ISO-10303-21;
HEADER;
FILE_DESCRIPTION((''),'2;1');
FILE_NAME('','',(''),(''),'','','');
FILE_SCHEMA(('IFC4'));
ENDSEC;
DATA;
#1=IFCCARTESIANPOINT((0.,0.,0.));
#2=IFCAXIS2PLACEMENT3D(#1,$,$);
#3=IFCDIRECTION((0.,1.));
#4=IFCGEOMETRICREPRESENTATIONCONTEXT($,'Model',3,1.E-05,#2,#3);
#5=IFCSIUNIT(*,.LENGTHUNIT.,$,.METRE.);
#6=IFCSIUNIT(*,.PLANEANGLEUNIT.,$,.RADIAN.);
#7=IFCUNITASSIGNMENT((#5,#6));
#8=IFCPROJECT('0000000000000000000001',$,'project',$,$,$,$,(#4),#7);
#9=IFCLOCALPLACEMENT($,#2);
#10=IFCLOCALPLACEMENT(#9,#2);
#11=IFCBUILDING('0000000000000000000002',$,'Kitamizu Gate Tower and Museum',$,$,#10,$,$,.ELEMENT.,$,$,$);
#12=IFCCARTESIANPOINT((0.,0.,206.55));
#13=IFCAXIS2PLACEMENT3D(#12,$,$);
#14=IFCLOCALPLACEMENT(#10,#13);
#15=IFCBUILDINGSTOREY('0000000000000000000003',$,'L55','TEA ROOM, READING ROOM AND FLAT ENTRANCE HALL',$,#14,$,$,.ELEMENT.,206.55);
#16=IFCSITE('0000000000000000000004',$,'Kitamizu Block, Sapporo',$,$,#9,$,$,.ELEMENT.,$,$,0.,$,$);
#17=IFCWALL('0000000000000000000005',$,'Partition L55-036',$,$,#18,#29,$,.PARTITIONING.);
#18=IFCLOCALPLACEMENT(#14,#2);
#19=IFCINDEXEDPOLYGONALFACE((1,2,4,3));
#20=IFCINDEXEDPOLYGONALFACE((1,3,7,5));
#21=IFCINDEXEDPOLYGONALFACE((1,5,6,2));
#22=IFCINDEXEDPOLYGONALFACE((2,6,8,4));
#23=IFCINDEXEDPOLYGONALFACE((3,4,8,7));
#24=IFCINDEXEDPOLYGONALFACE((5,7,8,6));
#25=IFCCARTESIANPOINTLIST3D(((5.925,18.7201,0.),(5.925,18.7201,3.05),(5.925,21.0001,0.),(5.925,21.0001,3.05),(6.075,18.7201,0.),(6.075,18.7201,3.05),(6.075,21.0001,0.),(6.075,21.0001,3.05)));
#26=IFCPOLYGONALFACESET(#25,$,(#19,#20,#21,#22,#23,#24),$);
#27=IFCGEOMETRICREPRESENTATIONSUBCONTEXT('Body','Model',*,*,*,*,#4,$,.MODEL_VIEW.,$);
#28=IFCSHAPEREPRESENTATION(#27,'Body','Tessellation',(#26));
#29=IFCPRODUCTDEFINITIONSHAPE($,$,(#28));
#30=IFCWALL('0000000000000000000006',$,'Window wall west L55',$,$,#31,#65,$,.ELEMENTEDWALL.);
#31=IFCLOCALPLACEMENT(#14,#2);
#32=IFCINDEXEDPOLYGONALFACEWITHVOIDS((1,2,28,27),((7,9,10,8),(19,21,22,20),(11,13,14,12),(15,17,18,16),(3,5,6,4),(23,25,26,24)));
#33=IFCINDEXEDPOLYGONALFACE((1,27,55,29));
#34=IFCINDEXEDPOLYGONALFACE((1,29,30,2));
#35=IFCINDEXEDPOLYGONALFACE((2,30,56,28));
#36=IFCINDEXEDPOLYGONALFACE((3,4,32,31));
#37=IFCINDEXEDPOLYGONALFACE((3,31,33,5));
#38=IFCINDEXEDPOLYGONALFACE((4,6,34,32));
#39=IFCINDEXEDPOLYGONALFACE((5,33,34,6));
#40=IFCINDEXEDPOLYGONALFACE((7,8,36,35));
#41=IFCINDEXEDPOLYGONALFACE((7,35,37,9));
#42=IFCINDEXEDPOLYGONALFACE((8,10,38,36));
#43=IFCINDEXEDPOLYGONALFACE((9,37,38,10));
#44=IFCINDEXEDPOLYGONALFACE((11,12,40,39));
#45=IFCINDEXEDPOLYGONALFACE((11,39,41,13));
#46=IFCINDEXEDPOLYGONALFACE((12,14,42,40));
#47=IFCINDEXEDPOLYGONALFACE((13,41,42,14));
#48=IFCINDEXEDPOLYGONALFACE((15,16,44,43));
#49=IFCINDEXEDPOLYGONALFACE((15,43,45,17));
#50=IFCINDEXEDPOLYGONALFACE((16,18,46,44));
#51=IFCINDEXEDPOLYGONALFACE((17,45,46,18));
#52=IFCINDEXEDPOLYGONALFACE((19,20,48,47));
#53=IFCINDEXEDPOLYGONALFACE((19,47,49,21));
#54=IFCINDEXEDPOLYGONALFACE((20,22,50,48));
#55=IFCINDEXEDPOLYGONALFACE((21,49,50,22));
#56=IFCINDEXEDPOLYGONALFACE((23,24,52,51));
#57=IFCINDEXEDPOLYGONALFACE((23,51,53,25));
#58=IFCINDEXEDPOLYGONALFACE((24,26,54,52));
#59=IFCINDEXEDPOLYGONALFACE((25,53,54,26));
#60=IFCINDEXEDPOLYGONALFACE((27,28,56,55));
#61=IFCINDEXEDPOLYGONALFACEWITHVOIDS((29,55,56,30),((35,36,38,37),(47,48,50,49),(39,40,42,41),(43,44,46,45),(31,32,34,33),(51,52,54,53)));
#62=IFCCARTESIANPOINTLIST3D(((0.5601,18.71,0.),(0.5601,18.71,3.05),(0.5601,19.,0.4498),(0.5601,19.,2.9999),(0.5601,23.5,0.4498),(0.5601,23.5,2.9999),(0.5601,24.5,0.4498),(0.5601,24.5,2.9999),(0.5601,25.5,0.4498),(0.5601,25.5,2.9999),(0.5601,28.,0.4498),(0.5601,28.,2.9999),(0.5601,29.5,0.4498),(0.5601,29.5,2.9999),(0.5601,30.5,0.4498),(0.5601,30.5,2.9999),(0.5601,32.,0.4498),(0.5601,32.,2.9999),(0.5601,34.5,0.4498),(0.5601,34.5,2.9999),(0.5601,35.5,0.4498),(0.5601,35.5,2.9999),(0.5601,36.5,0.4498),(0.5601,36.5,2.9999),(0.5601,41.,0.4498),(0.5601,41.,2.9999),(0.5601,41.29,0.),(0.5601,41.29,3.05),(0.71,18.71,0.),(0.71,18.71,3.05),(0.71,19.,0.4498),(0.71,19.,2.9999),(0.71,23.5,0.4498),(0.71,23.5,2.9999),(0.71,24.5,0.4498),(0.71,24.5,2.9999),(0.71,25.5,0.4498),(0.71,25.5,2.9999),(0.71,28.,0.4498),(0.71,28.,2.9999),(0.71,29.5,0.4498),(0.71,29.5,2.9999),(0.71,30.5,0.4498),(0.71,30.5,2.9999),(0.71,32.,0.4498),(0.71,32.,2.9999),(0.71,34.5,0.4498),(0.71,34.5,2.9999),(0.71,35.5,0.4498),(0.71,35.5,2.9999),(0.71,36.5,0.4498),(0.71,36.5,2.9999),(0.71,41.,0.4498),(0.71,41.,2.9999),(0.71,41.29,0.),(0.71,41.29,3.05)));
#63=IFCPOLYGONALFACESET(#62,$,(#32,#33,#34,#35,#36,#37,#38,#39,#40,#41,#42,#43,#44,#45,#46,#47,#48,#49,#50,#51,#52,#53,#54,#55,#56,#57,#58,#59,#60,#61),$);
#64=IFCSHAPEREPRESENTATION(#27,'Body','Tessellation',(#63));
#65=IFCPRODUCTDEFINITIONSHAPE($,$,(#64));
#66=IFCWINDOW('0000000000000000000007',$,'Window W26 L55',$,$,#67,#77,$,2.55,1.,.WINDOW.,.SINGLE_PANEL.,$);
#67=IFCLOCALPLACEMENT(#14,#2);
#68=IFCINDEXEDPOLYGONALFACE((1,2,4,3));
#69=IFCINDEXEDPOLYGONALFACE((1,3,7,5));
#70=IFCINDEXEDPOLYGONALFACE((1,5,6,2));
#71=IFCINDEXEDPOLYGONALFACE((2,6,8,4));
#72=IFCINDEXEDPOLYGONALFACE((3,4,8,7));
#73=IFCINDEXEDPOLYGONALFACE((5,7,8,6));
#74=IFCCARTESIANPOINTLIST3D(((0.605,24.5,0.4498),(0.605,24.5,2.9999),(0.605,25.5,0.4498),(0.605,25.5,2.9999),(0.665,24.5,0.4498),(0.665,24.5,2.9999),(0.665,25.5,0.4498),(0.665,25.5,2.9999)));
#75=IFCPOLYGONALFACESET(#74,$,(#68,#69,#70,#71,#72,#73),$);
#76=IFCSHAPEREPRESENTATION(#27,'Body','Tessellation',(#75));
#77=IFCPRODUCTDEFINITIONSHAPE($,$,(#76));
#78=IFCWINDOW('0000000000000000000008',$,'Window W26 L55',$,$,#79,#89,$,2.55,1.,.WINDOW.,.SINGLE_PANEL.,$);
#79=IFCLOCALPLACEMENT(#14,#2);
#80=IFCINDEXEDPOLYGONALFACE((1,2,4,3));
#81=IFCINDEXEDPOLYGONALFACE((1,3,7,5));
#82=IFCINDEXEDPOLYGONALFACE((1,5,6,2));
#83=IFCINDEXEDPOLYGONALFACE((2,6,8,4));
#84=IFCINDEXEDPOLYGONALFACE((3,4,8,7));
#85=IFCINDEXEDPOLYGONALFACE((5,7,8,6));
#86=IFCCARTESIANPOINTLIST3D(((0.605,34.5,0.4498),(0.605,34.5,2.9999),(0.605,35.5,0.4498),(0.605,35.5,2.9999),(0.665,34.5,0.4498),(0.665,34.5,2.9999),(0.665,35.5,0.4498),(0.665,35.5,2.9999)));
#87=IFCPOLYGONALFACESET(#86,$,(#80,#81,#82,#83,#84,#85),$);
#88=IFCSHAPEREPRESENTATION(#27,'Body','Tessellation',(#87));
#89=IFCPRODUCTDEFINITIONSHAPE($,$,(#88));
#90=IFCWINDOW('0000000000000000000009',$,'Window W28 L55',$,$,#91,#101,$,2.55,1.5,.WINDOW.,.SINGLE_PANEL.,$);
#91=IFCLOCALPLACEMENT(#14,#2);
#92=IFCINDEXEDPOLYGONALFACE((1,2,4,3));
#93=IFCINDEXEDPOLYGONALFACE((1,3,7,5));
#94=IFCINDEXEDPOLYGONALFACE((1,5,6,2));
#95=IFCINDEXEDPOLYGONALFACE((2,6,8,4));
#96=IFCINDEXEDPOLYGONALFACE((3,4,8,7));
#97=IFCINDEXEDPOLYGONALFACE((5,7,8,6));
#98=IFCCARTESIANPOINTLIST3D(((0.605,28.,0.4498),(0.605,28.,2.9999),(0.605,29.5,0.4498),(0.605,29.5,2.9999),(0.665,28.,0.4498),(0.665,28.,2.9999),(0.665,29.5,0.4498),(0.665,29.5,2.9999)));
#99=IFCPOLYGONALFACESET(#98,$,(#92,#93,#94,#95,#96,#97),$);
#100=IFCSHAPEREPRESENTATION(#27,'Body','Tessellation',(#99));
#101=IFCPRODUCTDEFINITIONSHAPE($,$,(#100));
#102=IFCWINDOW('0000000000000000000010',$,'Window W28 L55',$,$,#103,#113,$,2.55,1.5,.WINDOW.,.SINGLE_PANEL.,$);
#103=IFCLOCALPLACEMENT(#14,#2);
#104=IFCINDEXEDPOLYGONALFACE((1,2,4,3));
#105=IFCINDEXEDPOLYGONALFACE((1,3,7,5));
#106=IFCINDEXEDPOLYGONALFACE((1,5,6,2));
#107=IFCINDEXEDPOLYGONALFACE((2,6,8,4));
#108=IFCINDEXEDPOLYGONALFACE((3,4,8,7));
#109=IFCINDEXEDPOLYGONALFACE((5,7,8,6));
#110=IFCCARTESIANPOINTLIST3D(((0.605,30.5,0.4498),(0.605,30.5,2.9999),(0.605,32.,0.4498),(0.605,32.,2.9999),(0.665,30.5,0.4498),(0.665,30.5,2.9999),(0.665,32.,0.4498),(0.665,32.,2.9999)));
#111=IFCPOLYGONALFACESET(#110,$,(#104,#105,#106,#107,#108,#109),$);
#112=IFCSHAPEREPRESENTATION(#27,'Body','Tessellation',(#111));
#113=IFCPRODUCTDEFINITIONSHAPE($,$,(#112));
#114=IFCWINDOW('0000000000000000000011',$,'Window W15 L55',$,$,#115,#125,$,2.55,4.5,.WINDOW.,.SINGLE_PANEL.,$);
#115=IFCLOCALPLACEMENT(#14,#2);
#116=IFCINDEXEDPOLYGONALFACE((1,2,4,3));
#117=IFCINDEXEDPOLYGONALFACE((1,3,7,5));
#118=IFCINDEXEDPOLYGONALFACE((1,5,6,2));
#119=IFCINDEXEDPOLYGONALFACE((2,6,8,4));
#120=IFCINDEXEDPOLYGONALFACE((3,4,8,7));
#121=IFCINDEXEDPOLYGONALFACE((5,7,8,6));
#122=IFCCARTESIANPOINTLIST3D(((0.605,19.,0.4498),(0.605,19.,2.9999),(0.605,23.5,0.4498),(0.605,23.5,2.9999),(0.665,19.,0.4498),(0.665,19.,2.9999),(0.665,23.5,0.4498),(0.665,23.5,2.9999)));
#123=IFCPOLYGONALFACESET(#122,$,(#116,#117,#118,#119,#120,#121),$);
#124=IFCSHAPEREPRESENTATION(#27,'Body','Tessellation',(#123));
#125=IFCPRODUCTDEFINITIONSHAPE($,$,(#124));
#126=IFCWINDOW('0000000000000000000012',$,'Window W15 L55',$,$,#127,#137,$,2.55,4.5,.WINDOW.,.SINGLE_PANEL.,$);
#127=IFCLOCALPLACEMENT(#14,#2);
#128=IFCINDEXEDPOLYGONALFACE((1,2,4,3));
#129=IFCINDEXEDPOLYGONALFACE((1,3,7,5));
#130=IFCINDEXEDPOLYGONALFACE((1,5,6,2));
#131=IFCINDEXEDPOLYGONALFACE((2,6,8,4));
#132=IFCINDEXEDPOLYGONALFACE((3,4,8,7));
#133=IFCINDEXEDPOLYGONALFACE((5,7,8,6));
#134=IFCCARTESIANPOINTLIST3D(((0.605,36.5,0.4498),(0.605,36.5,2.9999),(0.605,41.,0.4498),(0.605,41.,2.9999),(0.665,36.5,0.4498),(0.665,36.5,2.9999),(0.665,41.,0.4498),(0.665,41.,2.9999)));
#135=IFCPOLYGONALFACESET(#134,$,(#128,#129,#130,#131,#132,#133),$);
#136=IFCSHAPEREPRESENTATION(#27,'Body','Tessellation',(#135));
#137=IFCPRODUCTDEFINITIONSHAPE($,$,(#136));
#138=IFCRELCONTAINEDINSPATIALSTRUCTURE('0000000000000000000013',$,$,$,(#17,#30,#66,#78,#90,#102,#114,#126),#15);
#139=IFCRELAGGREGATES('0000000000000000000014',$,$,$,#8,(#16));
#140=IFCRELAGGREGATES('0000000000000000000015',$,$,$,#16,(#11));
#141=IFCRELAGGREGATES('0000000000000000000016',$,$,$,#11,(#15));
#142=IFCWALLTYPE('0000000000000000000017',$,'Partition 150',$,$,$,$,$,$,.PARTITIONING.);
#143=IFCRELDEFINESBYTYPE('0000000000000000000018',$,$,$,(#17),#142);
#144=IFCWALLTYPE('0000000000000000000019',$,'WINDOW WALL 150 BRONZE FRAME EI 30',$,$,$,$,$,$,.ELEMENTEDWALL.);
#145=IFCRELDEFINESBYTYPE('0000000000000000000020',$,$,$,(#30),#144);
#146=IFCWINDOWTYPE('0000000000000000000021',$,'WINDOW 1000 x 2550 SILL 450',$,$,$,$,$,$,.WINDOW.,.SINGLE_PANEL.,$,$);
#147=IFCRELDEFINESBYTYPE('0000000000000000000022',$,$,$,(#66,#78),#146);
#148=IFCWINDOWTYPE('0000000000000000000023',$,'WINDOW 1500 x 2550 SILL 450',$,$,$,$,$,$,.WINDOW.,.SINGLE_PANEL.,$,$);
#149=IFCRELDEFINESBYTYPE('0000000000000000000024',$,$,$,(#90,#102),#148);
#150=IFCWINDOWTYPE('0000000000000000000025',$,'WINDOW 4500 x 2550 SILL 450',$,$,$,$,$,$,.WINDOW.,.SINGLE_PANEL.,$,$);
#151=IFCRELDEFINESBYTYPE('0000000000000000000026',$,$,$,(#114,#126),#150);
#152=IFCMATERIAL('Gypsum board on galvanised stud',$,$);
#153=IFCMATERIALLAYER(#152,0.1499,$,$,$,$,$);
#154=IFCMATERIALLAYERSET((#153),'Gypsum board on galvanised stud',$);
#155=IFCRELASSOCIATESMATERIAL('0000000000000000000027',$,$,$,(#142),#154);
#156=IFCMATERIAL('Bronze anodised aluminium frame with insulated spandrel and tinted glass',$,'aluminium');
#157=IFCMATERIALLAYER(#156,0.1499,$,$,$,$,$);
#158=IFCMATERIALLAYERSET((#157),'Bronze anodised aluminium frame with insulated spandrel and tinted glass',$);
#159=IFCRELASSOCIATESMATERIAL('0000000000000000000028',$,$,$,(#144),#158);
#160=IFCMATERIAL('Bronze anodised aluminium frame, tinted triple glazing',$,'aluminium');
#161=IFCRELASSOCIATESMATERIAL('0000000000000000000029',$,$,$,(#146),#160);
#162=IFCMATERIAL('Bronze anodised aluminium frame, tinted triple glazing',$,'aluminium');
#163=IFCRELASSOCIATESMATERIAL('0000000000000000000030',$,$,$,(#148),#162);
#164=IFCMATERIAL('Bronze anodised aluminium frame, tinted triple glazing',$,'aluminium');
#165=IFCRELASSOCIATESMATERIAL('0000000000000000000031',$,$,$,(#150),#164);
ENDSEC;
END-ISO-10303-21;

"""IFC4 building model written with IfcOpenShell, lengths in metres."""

from ifc_helpers import new_model, si_unit, direction, frame, frame_2d, origin, place, context, subcontext, project, spatial, rectangle, extrude, material, layer, layer_set, type_object, element, fill, save


model = new_model("IFC4")

# Units and contexts
model_context = context("Model", 3, precision=1e-05, world=origin(), true_north=direction((0.0, 1.0)))
body_context = subcontext(model_context, "Body", "Model", "MODEL_VIEW")
ifc_project = project(units=[si_unit("LENGTHUNIT", "METRE"), si_unit("PLANEANGLEUNIT", "RADIAN")], contexts=[model_context])

# Site, building, storey
site_placement = place(None, origin())
site = spatial("IfcSite", under=ifc_project, at=site_placement, Name="Kitamizu Block, Sapporo", CompositionType="ELEMENT", RefElevation=0.0)
building_placement = place(site_placement, origin())
building = spatial("IfcBuilding", under=site, at=building_placement, Name="Kitamizu Gate Tower and Museum", CompositionType="ELEMENT")
storey_placement = place(building_placement, frame((0.0, 0.0, 206.55)))
storey = spatial("IfcBuildingStorey", under=building, at=storey_placement, Name="L55", Description="TEA ROOM, READING ROOM AND FLAT ENTRANCE HALL", CompositionType="ELEMENT", Elevation=206.55)

# Wall
ifc_material_1 = material(Name="Gypsum board on galvanised stud")
ifc_layer_1 = layer(ifc_material_1, 0.1499)
ifc_layer_set_1 = layer_set([ifc_layer_1], Name="Gypsum board on galvanised stud")
wall_type_1 = type_object("IfcWallType", Name="Partition 150", PredefinedType="PARTITIONING", material=ifc_layer_set_1)
wall_1_placement = place(storey_placement, frame((6.0, 18.72, 0.0), z_axis=(0.0, 0.0, 1.0), x_axis=(0.0, 1.0, 0.0)))
element("IfcWall", 1, at=wall_1_placement, inside=storey, type_object=wall_type_1, Name="Partition L55-036", PredefinedType="PARTITIONING", context=body_context, shape_type="SweptSolid", body=[
    extrude(rectangle(XDim=2.28, YDim=0.1499, at=frame_2d((1.1401, 0.0))), origin(), (0.0, 0.0, 1.0), 3.05),
])

# Wall, openings, windows
ifc_material_2 = material(Name="Bronze anodised aluminium frame with insulated spandrel and tinted glass", Category="aluminium")
ifc_layer_2 = layer(ifc_material_2, 0.1499)
ifc_layer_set_2 = layer_set([ifc_layer_2], Name="Bronze anodised aluminium frame with insulated spandrel and tinted glass")
wall_type_2 = type_object("IfcWallType", Name="WINDOW WALL 150 BRONZE FRAME EI 30", PredefinedType="ELEMENTEDWALL", material=ifc_layer_set_2)
wall_2_placement = place(storey_placement, frame((0.635, 18.71, 0.0), z_axis=(0.0, 0.0, 1.0), x_axis=(0.0, 1.0, 0.0)))
wall_2 = element("IfcWall", 2, at=wall_2_placement, inside=storey, type_object=wall_type_2, Name="Window wall west L55", PredefinedType="ELEMENTEDWALL", context=body_context, shape_type="SweptSolid", body=[
    extrude(rectangle(XDim=22.5801, YDim=0.1499, at=frame_2d((11.29, 0.0))), origin(), (0.0, 0.0, 1.0), 3.05),
])
opening_1_placement = place(wall_2_placement, frame((0.29, 0.0, 0.45)))
opening_1 = element("IfcOpeningElement", 3, at=opening_1_placement, cuts=wall_2, PredefinedType="OPENING", context=body_context, shape_type="SweptSolid", body=[
    extrude(rectangle(XDim=4.5, YDim=2.55, at=frame_2d((2.25, 1.2749))), frame((0.0, 0.085, 0.0), z_axis=(0.0, -1.0, 0.0), x_axis=(1.0, 0.0, 0.0)), (0.0, 0.0, 1.0), 0.1699),
])
opening_2_placement = place(wall_2_placement, frame((5.79, 0.0, 0.45)))
opening_2 = element("IfcOpeningElement", 4, at=opening_2_placement, cuts=wall_2, PredefinedType="OPENING", context=body_context, shape_type="SweptSolid", body=[
    extrude(rectangle(XDim=1.0, YDim=2.55, at=frame_2d((0.5, 1.2749))), frame((0.0, 0.085, 0.0), z_axis=(0.0, -1.0, 0.0), x_axis=(1.0, 0.0, 0.0)), (0.0, 0.0, 1.0), 0.1699),
])
opening_3_placement = place(wall_2_placement, frame((9.29, 0.0, 0.45)))
opening_3 = element("IfcOpeningElement", 5, at=opening_3_placement, cuts=wall_2, PredefinedType="OPENING", context=body_context, shape_type="SweptSolid", body=[
    extrude(rectangle(XDim=1.5, YDim=2.55, at=frame_2d((0.75, 1.2749))), frame((0.0, 0.085, 0.0), z_axis=(0.0, -1.0, 0.0), x_axis=(1.0, 0.0, 0.0)), (0.0, 0.0, 1.0), 0.1699),
])
opening_4_placement = place(wall_2_placement, frame((11.79, 0.0, 0.45)))
opening_4 = element("IfcOpeningElement", 6, at=opening_4_placement, cuts=wall_2, PredefinedType="OPENING", context=body_context, shape_type="SweptSolid", body=[
    extrude(rectangle(XDim=1.5, YDim=2.55, at=frame_2d((0.75, 1.2749))), frame((0.0, 0.085, 0.0), z_axis=(0.0, -1.0, 0.0), x_axis=(1.0, 0.0, 0.0)), (0.0, 0.0, 1.0), 0.1699),
])
opening_5_placement = place(wall_2_placement, frame((15.79, 0.0, 0.45)))
opening_5 = element("IfcOpeningElement", 7, at=opening_5_placement, cuts=wall_2, PredefinedType="OPENING", context=body_context, shape_type="SweptSolid", body=[
    extrude(rectangle(XDim=1.0, YDim=2.55, at=frame_2d((0.5, 1.2749))), frame((0.0, 0.085, 0.0), z_axis=(0.0, -1.0, 0.0), x_axis=(1.0, 0.0, 0.0)), (0.0, 0.0, 1.0), 0.1699),
])
opening_6_placement = place(wall_2_placement, frame((17.79, 0.0, 0.45)))
opening_6 = element("IfcOpeningElement", 8, at=opening_6_placement, cuts=wall_2, PredefinedType="OPENING", context=body_context, shape_type="SweptSolid", body=[
    extrude(rectangle(XDim=4.5, YDim=2.55, at=frame_2d((2.25, 1.2749))), frame((0.0, 0.085, 0.0), z_axis=(0.0, -1.0, 0.0), x_axis=(1.0, 0.0, 0.0)), (0.0, 0.0, 1.0), 0.1699),
])
ifc_material_3 = material(Name="Bronze anodised aluminium frame, tinted triple glazing", Category="aluminium")
window_type_1 = type_object("IfcWindowType", Name="WINDOW 1000 x 2550 SILL 450", PartitioningType="SINGLE_PANEL", PredefinedType="WINDOW", material=ifc_material_3)
window_1_placement = place(opening_2_placement, origin())
window_1 = element("IfcWindow", 9, at=window_1_placement, inside=storey, type_object=window_type_1, Name="Window W26 L55", OverallHeight=2.55, OverallWidth=1.0, PartitioningType="SINGLE_PANEL", PredefinedType="WINDOW", context=body_context, shape_type="SweptSolid", body=[
    extrude(rectangle(XDim=1.0, YDim=2.55, at=frame_2d((0.5, 1.2749))), frame((0.0, 0.03, 0.0), z_axis=(0.0, -1.0, 0.0), x_axis=(1.0, 0.0, 0.0)), (0.0, 0.0, 1.0), 0.0601),
])
fill(opening_2, window_1)
window_2_placement = place(opening_5_placement, origin())
window_2 = element("IfcWindow", 10, at=window_2_placement, inside=storey, type_object=window_type_1, Name="Window W26 L55", OverallHeight=2.55, OverallWidth=1.0, PartitioningType="SINGLE_PANEL", PredefinedType="WINDOW", context=body_context, shape_type="SweptSolid", body=[
    extrude(rectangle(XDim=1.0, YDim=2.55, at=frame_2d((0.5, 1.2749))), frame((0.0, 0.03, 0.0), z_axis=(0.0, -1.0, 0.0), x_axis=(1.0, 0.0, 0.0)), (0.0, 0.0, 1.0), 0.0601),
])
fill(opening_5, window_2)
ifc_material_4 = material(Name="Bronze anodised aluminium frame, tinted triple glazing", Category="aluminium")
window_type_2 = type_object("IfcWindowType", Name="WINDOW 1500 x 2550 SILL 450", PartitioningType="SINGLE_PANEL", PredefinedType="WINDOW", material=ifc_material_4)
window_3_placement = place(opening_3_placement, origin())
window_3 = element("IfcWindow", 11, at=window_3_placement, inside=storey, type_object=window_type_2, Name="Window W28 L55", OverallHeight=2.55, OverallWidth=1.5, PartitioningType="SINGLE_PANEL", PredefinedType="WINDOW", context=body_context, shape_type="SweptSolid", body=[
    extrude(rectangle(XDim=1.5, YDim=2.55, at=frame_2d((0.75, 1.2749))), frame((0.0, 0.03, 0.0), z_axis=(0.0, -1.0, 0.0), x_axis=(1.0, 0.0, 0.0)), (0.0, 0.0, 1.0), 0.0601),
])
fill(opening_3, window_3)
window_4_placement = place(opening_4_placement, origin())
window_4 = element("IfcWindow", 12, at=window_4_placement, inside=storey, type_object=window_type_2, Name="Window W28 L55", OverallHeight=2.55, OverallWidth=1.5, PartitioningType="SINGLE_PANEL", PredefinedType="WINDOW", context=body_context, shape_type="SweptSolid", body=[
    extrude(rectangle(XDim=1.5, YDim=2.55, at=frame_2d((0.75, 1.2749))), frame((0.0, 0.03, 0.0), z_axis=(0.0, -1.0, 0.0), x_axis=(1.0, 0.0, 0.0)), (0.0, 0.0, 1.0), 0.0601),
])
fill(opening_4, window_4)
ifc_material_5 = material(Name="Bronze anodised aluminium frame, tinted triple glazing", Category="aluminium")
window_type_3 = type_object("IfcWindowType", Name="WINDOW 4500 x 2550 SILL 450", PartitioningType="SINGLE_PANEL", PredefinedType="WINDOW", material=ifc_material_5)
window_5_placement = place(opening_1_placement, origin())
window_5 = element("IfcWindow", 13, at=window_5_placement, inside=storey, type_object=window_type_3, Name="Window W15 L55", OverallHeight=2.55, OverallWidth=4.5, PartitioningType="SINGLE_PANEL", PredefinedType="WINDOW", context=body_context, shape_type="SweptSolid", body=[
    extrude(rectangle(XDim=4.5, YDim=2.55, at=frame_2d((2.25, 1.2749))), frame((0.0, 0.03, 0.0), z_axis=(0.0, -1.0, 0.0), x_axis=(1.0, 0.0, 0.0)), (0.0, 0.0, 1.0), 0.0601),
])
fill(opening_1, window_5)
window_6_placement = place(opening_6_placement, origin())
window_6 = element("IfcWindow", 14, at=window_6_placement, inside=storey, type_object=window_type_3, Name="Window W15 L55", OverallHeight=2.55, OverallWidth=4.5, PartitioningType="SINGLE_PANEL", PredefinedType="WINDOW", context=body_context, shape_type="SweptSolid", body=[
    extrude(rectangle(XDim=4.5, YDim=2.55, at=frame_2d((2.25, 1.2749))), frame((0.0, 0.03, 0.0), z_axis=(0.0, -1.0, 0.0), x_axis=(1.0, 0.0, 0.0)), (0.0, 0.0, 1.0), 0.0601),
])
fill(opening_6, window_6)

save(model, "model.ifc")
